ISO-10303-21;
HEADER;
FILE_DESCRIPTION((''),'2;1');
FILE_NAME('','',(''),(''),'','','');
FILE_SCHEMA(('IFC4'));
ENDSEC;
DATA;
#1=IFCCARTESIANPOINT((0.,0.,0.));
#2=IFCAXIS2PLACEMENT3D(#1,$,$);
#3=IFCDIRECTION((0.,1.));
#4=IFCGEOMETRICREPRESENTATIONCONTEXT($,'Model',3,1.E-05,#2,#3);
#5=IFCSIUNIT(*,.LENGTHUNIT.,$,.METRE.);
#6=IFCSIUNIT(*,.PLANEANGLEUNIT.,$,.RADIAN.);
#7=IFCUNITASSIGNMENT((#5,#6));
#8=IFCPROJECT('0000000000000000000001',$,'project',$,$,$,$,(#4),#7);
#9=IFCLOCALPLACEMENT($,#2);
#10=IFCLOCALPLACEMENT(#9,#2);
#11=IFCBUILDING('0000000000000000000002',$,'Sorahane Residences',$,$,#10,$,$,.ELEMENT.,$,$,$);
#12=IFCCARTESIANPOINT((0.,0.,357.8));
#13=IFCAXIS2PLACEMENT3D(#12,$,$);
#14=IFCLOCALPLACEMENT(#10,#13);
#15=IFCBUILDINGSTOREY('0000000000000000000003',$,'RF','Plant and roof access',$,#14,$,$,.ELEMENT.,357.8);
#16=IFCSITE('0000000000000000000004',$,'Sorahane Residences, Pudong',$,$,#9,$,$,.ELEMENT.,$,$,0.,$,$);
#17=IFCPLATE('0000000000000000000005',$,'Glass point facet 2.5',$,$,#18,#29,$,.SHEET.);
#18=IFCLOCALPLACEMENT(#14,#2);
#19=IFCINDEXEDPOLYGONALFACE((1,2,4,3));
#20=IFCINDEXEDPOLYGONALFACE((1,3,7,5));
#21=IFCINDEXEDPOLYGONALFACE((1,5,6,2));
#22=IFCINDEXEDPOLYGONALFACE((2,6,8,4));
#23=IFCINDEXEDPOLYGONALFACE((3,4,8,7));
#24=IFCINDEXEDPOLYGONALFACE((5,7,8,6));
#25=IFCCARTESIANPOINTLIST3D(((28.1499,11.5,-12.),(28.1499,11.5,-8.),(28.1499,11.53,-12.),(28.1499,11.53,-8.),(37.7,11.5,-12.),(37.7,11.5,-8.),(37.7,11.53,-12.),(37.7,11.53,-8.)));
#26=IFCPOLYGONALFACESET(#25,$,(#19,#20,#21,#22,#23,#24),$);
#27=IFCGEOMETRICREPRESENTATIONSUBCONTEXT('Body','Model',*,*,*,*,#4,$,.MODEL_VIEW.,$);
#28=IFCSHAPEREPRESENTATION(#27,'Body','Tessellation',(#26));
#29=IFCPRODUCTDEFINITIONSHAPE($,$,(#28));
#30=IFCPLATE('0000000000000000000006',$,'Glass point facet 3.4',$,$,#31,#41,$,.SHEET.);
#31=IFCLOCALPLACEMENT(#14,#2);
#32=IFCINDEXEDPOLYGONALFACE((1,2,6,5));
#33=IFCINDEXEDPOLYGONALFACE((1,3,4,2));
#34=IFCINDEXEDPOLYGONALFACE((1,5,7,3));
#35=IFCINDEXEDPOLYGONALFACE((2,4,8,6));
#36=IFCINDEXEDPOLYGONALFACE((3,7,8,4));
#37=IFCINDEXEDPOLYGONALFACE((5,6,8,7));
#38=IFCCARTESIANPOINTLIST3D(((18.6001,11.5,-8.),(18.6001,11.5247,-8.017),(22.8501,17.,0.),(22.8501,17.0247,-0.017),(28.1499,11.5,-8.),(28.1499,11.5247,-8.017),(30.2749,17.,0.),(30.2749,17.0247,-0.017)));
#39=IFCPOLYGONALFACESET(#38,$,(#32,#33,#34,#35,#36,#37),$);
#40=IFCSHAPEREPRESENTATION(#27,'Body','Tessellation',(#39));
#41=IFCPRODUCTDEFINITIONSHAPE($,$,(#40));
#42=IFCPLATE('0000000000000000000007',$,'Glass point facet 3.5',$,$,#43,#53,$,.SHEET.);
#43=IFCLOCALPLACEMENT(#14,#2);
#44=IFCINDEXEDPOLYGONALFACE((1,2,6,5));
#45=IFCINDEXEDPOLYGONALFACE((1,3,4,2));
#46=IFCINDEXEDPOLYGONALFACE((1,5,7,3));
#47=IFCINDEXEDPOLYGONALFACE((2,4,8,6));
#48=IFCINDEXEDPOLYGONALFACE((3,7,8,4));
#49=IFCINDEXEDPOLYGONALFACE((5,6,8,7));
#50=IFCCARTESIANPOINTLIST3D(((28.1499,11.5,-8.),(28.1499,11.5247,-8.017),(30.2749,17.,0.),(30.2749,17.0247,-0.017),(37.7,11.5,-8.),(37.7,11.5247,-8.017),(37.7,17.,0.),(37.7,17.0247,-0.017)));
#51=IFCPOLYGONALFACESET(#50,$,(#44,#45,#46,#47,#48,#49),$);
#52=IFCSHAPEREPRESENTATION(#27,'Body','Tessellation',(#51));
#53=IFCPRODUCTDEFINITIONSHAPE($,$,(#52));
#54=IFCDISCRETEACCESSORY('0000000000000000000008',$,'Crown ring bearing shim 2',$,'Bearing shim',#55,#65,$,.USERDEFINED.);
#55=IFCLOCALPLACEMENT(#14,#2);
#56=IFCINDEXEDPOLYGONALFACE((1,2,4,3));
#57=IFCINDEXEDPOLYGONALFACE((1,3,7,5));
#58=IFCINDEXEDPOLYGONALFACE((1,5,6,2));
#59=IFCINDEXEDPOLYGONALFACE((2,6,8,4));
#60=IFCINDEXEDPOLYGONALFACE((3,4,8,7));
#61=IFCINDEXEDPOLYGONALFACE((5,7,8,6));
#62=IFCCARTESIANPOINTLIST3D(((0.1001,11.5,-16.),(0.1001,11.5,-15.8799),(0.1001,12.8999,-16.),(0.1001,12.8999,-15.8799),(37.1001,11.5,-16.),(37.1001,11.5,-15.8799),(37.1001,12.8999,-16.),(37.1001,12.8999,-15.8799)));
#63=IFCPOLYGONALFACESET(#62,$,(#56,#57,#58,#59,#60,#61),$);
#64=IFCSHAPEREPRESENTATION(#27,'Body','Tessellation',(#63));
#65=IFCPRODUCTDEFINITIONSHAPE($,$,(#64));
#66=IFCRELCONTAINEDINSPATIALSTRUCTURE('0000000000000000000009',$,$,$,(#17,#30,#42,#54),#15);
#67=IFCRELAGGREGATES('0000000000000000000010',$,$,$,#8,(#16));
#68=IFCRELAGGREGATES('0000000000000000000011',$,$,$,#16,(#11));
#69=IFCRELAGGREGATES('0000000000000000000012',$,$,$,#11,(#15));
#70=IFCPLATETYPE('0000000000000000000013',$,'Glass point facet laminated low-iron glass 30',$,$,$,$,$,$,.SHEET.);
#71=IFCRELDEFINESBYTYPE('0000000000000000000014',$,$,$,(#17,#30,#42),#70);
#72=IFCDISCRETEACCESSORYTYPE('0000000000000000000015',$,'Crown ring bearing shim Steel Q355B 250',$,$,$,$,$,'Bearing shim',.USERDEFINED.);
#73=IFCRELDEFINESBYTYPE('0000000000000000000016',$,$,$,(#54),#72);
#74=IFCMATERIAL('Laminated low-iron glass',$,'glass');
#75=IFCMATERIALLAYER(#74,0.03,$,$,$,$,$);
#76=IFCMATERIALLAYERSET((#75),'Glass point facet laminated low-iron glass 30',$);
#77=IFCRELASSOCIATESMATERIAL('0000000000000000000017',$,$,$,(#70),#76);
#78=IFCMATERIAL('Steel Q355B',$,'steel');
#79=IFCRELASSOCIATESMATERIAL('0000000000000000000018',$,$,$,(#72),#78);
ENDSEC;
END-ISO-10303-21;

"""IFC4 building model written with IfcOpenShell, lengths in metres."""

from ifc_helpers import new_model, si_unit, direction, frame, origin, origin_2d, place, context, subcontext, project, spatial, polyline, rectangle, outline, extrude, material, layer, layer_set, type_object, element, save


model = new_model("IFC4")

# Units and contexts
model_context = context("Model", 3, precision=1e-05, world=origin(), true_north=direction((0.0, 1.0)))
body_context = subcontext(model_context, "Body", "Model", "MODEL_VIEW")
ifc_project = project(units=[si_unit("LENGTHUNIT", "METRE"), si_unit("PLANEANGLEUNIT", "RADIAN")], contexts=[model_context])

# Site, building, storey
site_placement = place(None, origin())
site = spatial("IfcSite", under=ifc_project, at=site_placement, Name="Sorahane Residences, Pudong", CompositionType="ELEMENT", RefElevation=0.0)
building_placement = place(site_placement, origin())
building = spatial("IfcBuilding", under=site, at=building_placement, Name="Sorahane Residences", CompositionType="ELEMENT")
storey_placement = place(building_placement, frame((0.0, 0.0, 357.8)))
storey = spatial("IfcBuildingStorey", under=building, at=storey_placement, Name="RF", Description="Plant and roof access", CompositionType="ELEMENT", Elevation=357.8)

# Plates
ifc_material_1 = material(Name="Laminated low-iron glass", Category="glass")
ifc_layer = layer(ifc_material_1, 0.03)
ifc_layer_set = layer_set([ifc_layer], Name="Glass point facet laminated low-iron glass 30")
plate_type = type_object("IfcPlateType", Name="Glass point facet laminated low-iron glass 30", PredefinedType="SHEET", material=ifc_layer_set)
plate_1_placement = place(storey_placement, frame((28.1499, 11.5, -12.0), z_axis=(0.0, -1.0, 0.0), x_axis=(1.0, 0.0, 0.0)))
element("IfcPlate", 1, at=plate_1_placement, inside=storey, type_object=plate_type, Name="Glass point facet 2.5", PredefinedType="SHEET", context=body_context, shape_type="SweptSolid", body=[
    extrude(outline(polyline([(0.0, 0.0), (9.55, 0.0), (9.55, 4.0), (0.0, 4.0), (0.0, 0.0)])), origin(), (0.0, 0.0, -1.0), 0.03),
])
plate_2_placement = place(storey_placement, frame((18.6001, 11.5, -8.0), z_axis=(0.0, -0.824042, 0.566529), x_axis=(1.0, 0.0, 0.0)))
element("IfcPlate", 2, at=plate_2_placement, inside=storey, type_object=plate_type, Name="Glass point facet 3.4", PredefinedType="SHEET", context=body_context, shape_type="SweptSolid", body=[
    extrude(outline(polyline([(0.0, 0.0), (9.5498, 0.0), (11.6748, 9.7082), (4.25, 9.7082), (0.0, 0.0)])), origin(), (0.0, 0.0, -1.0), 0.03),
])
plate_3_placement = place(storey_placement, frame((28.1499, 11.5, -8.0), z_axis=(0.0, -0.824042, 0.566529), x_axis=(1.0, 0.0, 0.0)))
element("IfcPlate", 3, at=plate_3_placement, inside=storey, type_object=plate_type, Name="Glass point facet 3.5", PredefinedType="SHEET", context=body_context, shape_type="SweptSolid", body=[
    extrude(outline(polyline([(0.0, 0.0), (9.55, 0.0), (9.55, 9.7082), (2.125, 9.7082), (0.0, 0.0)])), origin(), (0.0, 0.0, -1.0), 0.03),
])

# Discrete accessory
ifc_material_2 = material(Name="Steel Q355B", Category="steel")
discrete_accessory_type = type_object("IfcDiscreteAccessoryType", Name="Crown ring bearing shim Steel Q355B 250", ElementType="Bearing shim", PredefinedType="USERDEFINED", material=ifc_material_2)
discrete_accessory_placement = place(storey_placement, frame((18.6001, 12.2, -16.0), z_axis=(0.0, 0.0, 1.0), x_axis=(1.0, 0.0, 0.0)))
element("IfcDiscreteAccessory", 4, at=discrete_accessory_placement, inside=storey, type_object=discrete_accessory_type, Name="Crown ring bearing shim 2", ObjectType="Bearing shim", PredefinedType="USERDEFINED", context=body_context, shape_type="SweptSolid", body=[
    extrude(rectangle(XDim=37.0, YDim=1.3999, at=origin_2d()), origin(), (0.0, 0.0, 1.0), 0.1201),
])

save(model, "model.ifc")
